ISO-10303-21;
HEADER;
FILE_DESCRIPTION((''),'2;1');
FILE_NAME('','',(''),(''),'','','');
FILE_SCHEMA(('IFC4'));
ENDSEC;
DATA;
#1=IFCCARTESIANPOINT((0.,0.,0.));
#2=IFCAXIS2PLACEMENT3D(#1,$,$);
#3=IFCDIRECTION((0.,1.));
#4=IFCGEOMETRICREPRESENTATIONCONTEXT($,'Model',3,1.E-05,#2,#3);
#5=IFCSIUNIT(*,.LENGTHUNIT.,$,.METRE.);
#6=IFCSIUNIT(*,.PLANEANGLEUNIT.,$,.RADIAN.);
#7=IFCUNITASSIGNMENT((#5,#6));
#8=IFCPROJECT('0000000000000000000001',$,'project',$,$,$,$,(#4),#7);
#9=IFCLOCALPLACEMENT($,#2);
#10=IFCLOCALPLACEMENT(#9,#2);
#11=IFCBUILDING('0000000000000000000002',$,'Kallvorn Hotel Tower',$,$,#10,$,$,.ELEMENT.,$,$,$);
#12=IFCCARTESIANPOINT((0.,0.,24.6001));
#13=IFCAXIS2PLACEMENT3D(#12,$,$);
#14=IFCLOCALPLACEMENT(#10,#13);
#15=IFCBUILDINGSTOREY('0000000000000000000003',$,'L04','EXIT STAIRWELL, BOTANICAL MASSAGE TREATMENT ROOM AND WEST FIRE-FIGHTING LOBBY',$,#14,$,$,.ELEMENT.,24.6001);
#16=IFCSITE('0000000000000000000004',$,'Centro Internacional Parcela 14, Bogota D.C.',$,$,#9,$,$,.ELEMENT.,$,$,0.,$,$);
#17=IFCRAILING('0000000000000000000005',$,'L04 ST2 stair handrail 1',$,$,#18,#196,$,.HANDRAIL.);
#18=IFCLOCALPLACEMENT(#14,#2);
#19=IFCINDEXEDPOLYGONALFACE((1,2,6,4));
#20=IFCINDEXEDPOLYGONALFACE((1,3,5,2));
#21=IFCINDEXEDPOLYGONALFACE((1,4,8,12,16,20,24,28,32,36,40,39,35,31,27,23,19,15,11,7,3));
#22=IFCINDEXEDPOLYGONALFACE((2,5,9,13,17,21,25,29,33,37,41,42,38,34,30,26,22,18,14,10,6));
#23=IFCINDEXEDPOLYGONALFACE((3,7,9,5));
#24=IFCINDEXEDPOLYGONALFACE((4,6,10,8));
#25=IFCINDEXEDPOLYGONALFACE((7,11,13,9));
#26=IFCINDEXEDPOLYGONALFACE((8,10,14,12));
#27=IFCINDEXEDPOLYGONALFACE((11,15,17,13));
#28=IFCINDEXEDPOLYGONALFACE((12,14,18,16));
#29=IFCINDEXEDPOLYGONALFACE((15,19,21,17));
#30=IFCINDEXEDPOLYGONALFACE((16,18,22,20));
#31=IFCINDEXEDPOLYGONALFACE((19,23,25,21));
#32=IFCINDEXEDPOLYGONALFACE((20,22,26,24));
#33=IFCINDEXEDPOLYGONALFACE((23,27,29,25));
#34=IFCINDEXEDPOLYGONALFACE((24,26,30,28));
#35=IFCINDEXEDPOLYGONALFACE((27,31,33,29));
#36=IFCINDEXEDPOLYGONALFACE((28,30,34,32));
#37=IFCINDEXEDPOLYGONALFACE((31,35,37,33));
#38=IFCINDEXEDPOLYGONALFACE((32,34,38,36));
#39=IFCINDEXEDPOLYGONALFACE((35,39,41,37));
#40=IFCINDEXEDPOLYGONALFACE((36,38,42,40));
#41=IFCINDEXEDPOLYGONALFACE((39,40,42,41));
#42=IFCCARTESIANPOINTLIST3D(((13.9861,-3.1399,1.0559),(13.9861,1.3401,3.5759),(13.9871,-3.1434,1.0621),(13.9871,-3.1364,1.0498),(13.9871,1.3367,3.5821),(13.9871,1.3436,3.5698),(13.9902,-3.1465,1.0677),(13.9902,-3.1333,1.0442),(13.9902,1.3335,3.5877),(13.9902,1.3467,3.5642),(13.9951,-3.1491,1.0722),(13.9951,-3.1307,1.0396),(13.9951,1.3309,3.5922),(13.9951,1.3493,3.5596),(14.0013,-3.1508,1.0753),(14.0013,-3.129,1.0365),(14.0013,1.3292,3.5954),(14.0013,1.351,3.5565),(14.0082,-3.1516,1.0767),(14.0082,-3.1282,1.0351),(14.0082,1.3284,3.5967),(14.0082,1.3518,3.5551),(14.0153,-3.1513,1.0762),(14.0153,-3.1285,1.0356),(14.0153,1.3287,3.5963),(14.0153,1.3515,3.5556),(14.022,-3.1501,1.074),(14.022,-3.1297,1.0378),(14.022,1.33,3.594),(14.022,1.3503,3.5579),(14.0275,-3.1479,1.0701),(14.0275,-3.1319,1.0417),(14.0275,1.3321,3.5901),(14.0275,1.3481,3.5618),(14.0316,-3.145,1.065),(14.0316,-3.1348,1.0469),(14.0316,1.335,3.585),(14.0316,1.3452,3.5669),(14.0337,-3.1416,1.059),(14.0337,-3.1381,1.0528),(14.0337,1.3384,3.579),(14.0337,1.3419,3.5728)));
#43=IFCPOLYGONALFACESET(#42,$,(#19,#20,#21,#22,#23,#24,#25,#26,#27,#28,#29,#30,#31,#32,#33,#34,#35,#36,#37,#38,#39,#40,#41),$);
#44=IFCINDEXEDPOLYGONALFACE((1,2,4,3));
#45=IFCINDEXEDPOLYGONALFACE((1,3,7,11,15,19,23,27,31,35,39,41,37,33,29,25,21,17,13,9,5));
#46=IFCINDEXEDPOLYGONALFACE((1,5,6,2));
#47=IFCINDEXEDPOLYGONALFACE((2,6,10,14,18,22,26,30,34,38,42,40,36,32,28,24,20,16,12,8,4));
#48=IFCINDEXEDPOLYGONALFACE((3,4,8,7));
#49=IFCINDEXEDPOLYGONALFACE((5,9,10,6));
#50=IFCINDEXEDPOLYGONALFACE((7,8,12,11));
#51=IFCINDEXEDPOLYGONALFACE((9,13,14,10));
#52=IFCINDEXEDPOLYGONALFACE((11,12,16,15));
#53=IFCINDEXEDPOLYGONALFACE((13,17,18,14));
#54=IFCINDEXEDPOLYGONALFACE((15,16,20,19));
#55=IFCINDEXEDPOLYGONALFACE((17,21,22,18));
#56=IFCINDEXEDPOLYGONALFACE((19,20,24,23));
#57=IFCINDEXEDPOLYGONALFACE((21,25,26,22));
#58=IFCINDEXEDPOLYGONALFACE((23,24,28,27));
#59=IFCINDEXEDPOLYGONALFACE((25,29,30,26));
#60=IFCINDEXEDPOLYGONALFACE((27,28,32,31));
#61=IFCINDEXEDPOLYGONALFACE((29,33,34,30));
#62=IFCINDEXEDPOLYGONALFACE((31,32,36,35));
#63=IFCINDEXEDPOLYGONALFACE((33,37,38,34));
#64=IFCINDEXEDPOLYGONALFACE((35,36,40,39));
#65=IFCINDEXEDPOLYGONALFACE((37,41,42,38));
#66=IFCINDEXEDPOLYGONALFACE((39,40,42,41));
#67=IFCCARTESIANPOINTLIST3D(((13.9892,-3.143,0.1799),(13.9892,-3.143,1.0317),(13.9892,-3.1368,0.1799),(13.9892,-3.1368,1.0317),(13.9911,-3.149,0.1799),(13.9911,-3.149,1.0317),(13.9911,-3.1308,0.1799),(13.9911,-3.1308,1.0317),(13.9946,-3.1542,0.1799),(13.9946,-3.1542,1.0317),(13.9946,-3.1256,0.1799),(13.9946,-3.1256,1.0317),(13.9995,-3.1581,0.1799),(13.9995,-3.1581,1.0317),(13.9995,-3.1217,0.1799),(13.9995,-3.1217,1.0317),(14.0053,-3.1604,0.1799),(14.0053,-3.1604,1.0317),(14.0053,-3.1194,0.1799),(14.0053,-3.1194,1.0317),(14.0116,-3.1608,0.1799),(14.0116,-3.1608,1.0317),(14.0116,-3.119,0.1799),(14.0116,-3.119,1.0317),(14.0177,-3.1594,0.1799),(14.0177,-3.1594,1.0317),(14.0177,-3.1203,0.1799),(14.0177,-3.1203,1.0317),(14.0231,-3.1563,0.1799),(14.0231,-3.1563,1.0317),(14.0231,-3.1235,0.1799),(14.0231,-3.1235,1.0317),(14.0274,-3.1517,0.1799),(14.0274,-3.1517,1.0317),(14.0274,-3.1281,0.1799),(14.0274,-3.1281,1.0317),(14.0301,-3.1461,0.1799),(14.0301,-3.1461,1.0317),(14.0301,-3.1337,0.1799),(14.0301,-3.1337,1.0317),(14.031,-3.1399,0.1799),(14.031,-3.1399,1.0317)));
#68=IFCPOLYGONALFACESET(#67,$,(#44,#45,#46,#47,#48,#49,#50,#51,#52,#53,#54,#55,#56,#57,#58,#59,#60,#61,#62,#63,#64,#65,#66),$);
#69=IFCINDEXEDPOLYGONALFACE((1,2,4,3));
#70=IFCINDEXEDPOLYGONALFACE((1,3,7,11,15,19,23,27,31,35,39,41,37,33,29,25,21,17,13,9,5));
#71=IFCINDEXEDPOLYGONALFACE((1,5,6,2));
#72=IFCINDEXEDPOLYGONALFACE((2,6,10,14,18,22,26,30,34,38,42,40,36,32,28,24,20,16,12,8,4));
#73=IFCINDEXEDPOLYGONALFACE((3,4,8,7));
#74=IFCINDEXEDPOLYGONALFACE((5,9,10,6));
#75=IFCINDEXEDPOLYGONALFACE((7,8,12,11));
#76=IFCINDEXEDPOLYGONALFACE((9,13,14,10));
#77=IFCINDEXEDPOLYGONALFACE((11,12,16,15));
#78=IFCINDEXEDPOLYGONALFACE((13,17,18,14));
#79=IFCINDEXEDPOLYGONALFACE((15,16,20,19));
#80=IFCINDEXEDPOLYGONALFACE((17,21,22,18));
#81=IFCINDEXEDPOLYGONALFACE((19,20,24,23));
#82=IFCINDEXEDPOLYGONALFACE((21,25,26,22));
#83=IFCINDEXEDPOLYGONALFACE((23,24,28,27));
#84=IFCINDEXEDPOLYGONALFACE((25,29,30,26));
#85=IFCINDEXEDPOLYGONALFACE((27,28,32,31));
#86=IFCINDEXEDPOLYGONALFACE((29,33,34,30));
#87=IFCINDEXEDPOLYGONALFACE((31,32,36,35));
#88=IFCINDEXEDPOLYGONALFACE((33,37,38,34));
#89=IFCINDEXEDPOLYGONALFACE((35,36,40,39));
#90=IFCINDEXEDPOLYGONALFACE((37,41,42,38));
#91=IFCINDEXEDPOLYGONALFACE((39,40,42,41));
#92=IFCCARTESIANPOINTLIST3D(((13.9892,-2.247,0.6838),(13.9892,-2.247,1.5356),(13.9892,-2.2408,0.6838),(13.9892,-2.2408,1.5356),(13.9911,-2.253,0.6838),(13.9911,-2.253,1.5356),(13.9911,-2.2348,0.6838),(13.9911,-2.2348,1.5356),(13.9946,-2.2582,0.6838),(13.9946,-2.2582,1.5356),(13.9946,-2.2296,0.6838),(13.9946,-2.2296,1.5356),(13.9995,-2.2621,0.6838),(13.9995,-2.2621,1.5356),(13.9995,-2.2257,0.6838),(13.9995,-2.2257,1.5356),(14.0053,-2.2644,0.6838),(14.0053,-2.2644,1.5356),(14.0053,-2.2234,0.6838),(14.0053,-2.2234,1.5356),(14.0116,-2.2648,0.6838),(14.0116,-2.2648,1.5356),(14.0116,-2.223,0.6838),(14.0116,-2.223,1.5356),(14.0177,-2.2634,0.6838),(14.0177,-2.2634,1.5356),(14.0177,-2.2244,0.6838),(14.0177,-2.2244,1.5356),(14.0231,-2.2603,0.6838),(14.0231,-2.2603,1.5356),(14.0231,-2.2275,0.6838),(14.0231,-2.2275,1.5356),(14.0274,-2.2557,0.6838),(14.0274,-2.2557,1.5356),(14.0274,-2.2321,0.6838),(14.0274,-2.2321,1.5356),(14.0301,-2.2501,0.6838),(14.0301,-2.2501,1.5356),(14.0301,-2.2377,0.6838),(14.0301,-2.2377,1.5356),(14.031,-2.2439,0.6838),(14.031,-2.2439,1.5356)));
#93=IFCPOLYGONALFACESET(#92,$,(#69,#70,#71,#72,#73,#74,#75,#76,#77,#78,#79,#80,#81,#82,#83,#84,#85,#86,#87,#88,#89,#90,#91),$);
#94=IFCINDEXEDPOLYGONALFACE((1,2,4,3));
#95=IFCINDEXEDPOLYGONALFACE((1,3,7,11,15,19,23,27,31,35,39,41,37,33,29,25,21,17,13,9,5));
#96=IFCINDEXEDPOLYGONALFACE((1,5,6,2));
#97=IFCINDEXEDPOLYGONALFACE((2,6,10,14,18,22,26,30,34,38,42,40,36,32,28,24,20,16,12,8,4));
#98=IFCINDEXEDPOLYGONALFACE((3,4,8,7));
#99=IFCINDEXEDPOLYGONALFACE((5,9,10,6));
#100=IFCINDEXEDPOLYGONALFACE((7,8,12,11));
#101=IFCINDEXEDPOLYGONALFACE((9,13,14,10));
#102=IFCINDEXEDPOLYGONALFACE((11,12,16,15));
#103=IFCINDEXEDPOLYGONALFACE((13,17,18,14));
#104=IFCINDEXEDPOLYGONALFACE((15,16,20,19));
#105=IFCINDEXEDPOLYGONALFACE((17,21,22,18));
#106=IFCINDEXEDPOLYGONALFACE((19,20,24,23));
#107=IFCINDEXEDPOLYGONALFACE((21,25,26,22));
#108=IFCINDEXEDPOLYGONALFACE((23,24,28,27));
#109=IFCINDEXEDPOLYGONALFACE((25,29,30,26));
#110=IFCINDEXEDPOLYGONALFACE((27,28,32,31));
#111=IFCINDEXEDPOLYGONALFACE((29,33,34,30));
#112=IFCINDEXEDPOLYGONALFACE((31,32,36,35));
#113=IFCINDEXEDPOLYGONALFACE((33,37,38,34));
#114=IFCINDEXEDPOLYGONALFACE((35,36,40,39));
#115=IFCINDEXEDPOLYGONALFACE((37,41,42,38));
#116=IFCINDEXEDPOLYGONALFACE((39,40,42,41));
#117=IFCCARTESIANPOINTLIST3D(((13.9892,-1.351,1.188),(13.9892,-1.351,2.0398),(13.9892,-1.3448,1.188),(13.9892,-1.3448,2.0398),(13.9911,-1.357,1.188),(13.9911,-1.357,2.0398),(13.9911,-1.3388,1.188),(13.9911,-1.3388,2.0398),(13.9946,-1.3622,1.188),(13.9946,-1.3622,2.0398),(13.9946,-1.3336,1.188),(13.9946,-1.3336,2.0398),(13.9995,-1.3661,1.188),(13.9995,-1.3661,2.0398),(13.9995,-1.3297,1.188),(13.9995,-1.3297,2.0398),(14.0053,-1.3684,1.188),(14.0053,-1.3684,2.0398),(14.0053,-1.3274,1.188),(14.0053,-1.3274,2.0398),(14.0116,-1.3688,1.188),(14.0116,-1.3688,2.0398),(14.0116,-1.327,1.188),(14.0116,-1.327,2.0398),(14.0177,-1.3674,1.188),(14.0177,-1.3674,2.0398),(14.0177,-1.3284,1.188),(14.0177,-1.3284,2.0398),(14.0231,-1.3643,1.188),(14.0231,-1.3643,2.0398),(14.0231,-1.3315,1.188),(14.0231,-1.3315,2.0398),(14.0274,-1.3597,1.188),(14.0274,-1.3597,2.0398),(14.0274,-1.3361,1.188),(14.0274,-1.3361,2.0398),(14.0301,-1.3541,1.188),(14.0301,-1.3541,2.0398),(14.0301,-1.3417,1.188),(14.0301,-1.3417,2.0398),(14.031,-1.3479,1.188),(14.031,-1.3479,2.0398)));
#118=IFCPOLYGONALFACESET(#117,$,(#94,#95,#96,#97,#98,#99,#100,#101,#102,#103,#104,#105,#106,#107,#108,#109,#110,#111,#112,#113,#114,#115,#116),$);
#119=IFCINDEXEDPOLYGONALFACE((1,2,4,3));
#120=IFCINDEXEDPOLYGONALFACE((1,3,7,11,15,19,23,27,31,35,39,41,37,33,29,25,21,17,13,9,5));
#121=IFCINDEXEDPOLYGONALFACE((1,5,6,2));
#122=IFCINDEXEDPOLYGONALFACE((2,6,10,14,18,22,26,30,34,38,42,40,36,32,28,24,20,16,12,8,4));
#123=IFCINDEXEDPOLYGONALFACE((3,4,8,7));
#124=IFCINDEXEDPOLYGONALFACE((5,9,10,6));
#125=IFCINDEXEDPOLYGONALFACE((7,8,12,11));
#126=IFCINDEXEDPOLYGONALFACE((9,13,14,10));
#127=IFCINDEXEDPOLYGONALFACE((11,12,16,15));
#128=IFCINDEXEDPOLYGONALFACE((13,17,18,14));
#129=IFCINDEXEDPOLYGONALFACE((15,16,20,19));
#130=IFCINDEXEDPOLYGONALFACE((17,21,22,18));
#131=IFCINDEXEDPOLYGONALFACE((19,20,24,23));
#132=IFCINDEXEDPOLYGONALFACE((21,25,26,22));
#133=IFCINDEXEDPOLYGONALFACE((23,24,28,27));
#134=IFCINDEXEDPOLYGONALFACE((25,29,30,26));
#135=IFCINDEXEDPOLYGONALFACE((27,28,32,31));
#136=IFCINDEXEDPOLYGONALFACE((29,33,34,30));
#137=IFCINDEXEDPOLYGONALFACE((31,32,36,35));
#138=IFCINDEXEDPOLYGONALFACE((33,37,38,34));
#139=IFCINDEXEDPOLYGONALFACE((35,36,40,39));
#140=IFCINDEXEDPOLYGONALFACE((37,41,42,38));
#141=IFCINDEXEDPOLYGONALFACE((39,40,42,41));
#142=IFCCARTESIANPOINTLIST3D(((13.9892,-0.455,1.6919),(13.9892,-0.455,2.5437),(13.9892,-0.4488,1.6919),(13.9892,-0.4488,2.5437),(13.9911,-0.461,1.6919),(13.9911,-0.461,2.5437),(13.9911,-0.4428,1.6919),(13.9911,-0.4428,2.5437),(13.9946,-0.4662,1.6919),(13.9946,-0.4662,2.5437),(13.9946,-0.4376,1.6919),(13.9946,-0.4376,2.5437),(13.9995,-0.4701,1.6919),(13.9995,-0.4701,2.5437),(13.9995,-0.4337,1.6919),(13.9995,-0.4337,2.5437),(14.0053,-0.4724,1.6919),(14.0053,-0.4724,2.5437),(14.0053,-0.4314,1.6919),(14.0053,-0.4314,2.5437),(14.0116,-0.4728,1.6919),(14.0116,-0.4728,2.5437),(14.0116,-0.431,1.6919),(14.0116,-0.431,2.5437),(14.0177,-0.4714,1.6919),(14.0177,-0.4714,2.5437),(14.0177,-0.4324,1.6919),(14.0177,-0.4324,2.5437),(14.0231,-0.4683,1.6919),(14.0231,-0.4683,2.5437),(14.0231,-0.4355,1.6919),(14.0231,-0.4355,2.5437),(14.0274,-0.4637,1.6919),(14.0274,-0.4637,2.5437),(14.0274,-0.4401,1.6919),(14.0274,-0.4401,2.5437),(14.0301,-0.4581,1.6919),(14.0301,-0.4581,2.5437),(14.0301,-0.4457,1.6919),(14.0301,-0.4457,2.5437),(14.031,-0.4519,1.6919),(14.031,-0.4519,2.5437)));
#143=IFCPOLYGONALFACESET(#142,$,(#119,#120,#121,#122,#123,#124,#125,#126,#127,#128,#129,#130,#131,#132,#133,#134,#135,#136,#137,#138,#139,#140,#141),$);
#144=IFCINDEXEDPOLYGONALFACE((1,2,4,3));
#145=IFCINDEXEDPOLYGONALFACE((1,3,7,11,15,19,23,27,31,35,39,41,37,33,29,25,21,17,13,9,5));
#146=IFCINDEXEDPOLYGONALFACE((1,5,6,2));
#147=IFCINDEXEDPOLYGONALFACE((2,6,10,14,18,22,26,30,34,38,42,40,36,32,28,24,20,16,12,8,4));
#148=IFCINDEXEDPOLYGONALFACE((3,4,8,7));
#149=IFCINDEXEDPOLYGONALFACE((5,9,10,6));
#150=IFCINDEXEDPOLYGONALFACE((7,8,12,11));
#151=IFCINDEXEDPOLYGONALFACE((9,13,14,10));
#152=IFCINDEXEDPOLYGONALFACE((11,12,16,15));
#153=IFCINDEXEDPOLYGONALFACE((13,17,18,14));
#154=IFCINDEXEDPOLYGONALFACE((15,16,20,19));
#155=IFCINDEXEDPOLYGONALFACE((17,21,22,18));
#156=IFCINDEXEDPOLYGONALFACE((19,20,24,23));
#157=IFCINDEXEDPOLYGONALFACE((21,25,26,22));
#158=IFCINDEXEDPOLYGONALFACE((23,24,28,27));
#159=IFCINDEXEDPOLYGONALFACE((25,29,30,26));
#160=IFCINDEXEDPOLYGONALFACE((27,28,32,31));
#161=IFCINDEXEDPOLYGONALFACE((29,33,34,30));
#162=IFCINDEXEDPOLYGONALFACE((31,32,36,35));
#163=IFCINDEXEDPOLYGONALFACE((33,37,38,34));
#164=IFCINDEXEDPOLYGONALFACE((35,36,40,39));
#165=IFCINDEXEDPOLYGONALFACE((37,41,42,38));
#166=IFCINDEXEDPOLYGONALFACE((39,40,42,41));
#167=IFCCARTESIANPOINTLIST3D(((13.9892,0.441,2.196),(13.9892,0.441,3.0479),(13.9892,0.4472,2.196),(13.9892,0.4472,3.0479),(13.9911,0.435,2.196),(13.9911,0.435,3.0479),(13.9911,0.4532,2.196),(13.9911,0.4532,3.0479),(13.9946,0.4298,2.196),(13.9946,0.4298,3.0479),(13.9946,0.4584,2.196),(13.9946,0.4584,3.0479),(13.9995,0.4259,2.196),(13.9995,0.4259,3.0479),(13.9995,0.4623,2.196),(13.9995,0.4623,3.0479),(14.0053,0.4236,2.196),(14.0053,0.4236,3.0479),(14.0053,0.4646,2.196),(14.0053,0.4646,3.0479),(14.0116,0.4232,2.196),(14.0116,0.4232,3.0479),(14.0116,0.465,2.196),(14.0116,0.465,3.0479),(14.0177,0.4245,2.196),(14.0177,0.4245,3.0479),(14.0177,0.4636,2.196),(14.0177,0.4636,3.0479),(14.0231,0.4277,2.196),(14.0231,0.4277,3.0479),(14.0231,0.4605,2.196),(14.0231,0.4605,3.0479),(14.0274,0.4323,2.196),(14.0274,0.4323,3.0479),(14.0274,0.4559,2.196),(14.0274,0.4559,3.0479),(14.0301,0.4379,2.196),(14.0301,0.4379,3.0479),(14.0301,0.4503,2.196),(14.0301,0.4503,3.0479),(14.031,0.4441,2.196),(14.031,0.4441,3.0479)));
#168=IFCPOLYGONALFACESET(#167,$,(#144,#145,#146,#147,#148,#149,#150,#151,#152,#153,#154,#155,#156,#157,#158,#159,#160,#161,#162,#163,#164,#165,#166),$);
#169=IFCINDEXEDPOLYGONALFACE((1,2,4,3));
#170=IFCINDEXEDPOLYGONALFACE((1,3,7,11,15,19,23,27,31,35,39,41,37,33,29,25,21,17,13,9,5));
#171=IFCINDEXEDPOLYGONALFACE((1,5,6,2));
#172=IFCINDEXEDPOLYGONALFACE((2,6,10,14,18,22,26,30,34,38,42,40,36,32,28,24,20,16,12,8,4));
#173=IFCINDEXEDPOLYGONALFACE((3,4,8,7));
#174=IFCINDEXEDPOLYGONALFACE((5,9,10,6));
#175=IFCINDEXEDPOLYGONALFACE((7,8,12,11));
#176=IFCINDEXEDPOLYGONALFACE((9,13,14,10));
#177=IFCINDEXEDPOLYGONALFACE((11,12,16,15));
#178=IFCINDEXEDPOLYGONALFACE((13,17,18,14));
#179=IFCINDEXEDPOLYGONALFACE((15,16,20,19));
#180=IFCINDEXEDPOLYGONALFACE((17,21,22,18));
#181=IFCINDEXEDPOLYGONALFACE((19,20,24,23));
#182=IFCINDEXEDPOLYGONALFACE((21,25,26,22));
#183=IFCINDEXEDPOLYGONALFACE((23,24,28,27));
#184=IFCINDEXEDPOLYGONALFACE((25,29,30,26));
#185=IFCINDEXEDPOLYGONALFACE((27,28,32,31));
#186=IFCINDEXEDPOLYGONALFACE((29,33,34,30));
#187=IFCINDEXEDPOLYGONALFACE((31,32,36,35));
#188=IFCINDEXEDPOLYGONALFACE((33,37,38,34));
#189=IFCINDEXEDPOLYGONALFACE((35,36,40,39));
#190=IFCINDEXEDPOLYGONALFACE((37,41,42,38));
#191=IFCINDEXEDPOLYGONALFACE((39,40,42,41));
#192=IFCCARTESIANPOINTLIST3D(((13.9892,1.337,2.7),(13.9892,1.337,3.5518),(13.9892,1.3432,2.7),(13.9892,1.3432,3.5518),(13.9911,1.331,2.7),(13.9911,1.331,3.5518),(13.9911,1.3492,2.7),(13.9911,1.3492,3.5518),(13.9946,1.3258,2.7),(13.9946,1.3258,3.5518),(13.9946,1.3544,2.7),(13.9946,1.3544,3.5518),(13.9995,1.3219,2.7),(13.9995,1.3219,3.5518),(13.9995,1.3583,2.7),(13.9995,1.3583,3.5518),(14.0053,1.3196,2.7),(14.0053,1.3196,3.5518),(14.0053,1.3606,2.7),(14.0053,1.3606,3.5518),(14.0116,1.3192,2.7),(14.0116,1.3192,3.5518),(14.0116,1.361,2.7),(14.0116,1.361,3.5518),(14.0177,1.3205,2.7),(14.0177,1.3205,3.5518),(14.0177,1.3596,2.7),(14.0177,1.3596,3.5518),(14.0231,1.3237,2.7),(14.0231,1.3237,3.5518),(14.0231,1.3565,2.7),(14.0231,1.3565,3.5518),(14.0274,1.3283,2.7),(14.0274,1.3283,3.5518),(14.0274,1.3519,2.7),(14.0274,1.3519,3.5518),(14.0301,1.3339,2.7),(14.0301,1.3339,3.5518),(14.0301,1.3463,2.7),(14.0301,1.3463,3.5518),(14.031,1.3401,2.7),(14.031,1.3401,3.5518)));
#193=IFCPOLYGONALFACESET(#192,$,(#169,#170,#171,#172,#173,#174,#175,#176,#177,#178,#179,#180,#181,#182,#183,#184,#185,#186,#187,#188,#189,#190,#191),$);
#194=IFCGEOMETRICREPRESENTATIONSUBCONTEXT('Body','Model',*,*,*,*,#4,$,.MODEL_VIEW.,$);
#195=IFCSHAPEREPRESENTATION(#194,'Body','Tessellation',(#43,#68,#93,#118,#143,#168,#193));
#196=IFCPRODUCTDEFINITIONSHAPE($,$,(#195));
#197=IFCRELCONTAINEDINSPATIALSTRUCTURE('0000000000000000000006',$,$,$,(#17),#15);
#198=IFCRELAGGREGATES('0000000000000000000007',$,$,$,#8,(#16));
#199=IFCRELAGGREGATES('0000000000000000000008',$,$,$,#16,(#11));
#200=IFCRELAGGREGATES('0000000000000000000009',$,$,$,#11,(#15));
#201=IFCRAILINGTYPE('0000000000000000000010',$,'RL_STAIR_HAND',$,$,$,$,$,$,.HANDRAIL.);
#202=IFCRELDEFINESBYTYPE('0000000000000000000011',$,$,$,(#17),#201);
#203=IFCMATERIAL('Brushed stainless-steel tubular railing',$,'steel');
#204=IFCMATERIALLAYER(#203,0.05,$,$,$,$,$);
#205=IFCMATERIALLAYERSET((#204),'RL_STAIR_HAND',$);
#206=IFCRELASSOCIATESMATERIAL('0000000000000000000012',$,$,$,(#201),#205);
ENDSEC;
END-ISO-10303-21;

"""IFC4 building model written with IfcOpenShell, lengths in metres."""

from ifc_helpers import new_model, si_unit, direction, frame, origin, origin_2d, place, context, subcontext, project, spatial, circle, extrude, material, layer, layer_set, type_object, element, save


model = new_model("IFC4")

# Units and contexts
model_context = context("Model", 3, precision=1e-05, world=origin(), true_north=direction((0.0, 1.0)))
body_context = subcontext(model_context, "Body", "Model", "MODEL_VIEW")
ifc_project = project(units=[si_unit("LENGTHUNIT", "METRE"), si_unit("PLANEANGLEUNIT", "RADIAN")], contexts=[model_context])

# Site, building, storey
site_placement = place(None, origin())
site = spatial("IfcSite", under=ifc_project, at=site_placement, Name="Centro Internacional Parcela 14, Bogota D.C.", CompositionType="ELEMENT", RefElevation=0.0)
building_placement = place(site_placement, origin())
building = spatial("IfcBuilding", under=site, at=building_placement, Name="Kallvorn Hotel Tower", CompositionType="ELEMENT")
storey_placement = place(building_placement, frame((0.0, 0.0, 24.6001)))
storey = spatial("IfcBuildingStorey", under=building, at=storey_placement, Name="L04", Description="EXIT STAIRWELL, BOTANICAL MASSAGE TREATMENT ROOM AND WEST FIRE-FIGHTING LOBBY", CompositionType="ELEMENT", Elevation=24.6001)

# Railing
ifc_material_1 = material(Name="Brushed stainless-steel tubular railing", Category="steel")
ifc_layer_1 = layer(ifc_material_1, 0.05)
ifc_layer_set_1 = layer_set([ifc_layer_1], Name="RL_STAIR_HAND")
railing_type_1 = type_object("IfcRailingType", Name="RL_STAIR_HAND", PredefinedType="HANDRAIL", material=ifc_layer_set_1)
railing_1_placement = place(storey_placement, frame((14.01, -3.1399, 0.1799)))
element("IfcRailing", 1, at=railing_1_placement, inside=storey, type_object=railing_type_1, Name="L04 ST2 stair handrail 1", PredefinedType="HANDRAIL", context=body_context, shape_type="SweptSolid", body=[
    extrude(circle(Radius=0.0239, at=origin_2d()), frame((0.0, 0.0, 0.876), z_axis=(0.0, 0.871573, 0.490266), x_axis=(-1.0, 0.0, 0.0)), (0.0, 0.0, 1.0), 5.1401),
    extrude(circle(Radius=0.021, at=origin_2d()), origin(), (0.0, 0.0, 1.0), 0.8518),
    extrude(circle(Radius=0.021, at=origin_2d()), frame((0.0, 0.896, 0.5039)), (0.0, 0.0, 1.0), 0.8518),
    extrude(circle(Radius=0.021, at=origin_2d()), frame((0.0, 1.792, 1.0081)), (0.0, 0.0, 1.0), 0.8518),
    extrude(circle(Radius=0.021, at=origin_2d()), frame((0.0, 2.688, 1.512)), (0.0, 0.0, 1.0), 0.8518),
    extrude(circle(Radius=0.021, at=origin_2d()), frame((0.0, 3.584, 2.0161)), (0.0, 0.0, 1.0), 0.8518),
    extrude(circle(Radius=0.021, at=origin_2d()), frame((0.0, 4.48, 2.52)), (0.0, 0.0, 1.0), 0.8518),
])

save(model, "model.ifc")
